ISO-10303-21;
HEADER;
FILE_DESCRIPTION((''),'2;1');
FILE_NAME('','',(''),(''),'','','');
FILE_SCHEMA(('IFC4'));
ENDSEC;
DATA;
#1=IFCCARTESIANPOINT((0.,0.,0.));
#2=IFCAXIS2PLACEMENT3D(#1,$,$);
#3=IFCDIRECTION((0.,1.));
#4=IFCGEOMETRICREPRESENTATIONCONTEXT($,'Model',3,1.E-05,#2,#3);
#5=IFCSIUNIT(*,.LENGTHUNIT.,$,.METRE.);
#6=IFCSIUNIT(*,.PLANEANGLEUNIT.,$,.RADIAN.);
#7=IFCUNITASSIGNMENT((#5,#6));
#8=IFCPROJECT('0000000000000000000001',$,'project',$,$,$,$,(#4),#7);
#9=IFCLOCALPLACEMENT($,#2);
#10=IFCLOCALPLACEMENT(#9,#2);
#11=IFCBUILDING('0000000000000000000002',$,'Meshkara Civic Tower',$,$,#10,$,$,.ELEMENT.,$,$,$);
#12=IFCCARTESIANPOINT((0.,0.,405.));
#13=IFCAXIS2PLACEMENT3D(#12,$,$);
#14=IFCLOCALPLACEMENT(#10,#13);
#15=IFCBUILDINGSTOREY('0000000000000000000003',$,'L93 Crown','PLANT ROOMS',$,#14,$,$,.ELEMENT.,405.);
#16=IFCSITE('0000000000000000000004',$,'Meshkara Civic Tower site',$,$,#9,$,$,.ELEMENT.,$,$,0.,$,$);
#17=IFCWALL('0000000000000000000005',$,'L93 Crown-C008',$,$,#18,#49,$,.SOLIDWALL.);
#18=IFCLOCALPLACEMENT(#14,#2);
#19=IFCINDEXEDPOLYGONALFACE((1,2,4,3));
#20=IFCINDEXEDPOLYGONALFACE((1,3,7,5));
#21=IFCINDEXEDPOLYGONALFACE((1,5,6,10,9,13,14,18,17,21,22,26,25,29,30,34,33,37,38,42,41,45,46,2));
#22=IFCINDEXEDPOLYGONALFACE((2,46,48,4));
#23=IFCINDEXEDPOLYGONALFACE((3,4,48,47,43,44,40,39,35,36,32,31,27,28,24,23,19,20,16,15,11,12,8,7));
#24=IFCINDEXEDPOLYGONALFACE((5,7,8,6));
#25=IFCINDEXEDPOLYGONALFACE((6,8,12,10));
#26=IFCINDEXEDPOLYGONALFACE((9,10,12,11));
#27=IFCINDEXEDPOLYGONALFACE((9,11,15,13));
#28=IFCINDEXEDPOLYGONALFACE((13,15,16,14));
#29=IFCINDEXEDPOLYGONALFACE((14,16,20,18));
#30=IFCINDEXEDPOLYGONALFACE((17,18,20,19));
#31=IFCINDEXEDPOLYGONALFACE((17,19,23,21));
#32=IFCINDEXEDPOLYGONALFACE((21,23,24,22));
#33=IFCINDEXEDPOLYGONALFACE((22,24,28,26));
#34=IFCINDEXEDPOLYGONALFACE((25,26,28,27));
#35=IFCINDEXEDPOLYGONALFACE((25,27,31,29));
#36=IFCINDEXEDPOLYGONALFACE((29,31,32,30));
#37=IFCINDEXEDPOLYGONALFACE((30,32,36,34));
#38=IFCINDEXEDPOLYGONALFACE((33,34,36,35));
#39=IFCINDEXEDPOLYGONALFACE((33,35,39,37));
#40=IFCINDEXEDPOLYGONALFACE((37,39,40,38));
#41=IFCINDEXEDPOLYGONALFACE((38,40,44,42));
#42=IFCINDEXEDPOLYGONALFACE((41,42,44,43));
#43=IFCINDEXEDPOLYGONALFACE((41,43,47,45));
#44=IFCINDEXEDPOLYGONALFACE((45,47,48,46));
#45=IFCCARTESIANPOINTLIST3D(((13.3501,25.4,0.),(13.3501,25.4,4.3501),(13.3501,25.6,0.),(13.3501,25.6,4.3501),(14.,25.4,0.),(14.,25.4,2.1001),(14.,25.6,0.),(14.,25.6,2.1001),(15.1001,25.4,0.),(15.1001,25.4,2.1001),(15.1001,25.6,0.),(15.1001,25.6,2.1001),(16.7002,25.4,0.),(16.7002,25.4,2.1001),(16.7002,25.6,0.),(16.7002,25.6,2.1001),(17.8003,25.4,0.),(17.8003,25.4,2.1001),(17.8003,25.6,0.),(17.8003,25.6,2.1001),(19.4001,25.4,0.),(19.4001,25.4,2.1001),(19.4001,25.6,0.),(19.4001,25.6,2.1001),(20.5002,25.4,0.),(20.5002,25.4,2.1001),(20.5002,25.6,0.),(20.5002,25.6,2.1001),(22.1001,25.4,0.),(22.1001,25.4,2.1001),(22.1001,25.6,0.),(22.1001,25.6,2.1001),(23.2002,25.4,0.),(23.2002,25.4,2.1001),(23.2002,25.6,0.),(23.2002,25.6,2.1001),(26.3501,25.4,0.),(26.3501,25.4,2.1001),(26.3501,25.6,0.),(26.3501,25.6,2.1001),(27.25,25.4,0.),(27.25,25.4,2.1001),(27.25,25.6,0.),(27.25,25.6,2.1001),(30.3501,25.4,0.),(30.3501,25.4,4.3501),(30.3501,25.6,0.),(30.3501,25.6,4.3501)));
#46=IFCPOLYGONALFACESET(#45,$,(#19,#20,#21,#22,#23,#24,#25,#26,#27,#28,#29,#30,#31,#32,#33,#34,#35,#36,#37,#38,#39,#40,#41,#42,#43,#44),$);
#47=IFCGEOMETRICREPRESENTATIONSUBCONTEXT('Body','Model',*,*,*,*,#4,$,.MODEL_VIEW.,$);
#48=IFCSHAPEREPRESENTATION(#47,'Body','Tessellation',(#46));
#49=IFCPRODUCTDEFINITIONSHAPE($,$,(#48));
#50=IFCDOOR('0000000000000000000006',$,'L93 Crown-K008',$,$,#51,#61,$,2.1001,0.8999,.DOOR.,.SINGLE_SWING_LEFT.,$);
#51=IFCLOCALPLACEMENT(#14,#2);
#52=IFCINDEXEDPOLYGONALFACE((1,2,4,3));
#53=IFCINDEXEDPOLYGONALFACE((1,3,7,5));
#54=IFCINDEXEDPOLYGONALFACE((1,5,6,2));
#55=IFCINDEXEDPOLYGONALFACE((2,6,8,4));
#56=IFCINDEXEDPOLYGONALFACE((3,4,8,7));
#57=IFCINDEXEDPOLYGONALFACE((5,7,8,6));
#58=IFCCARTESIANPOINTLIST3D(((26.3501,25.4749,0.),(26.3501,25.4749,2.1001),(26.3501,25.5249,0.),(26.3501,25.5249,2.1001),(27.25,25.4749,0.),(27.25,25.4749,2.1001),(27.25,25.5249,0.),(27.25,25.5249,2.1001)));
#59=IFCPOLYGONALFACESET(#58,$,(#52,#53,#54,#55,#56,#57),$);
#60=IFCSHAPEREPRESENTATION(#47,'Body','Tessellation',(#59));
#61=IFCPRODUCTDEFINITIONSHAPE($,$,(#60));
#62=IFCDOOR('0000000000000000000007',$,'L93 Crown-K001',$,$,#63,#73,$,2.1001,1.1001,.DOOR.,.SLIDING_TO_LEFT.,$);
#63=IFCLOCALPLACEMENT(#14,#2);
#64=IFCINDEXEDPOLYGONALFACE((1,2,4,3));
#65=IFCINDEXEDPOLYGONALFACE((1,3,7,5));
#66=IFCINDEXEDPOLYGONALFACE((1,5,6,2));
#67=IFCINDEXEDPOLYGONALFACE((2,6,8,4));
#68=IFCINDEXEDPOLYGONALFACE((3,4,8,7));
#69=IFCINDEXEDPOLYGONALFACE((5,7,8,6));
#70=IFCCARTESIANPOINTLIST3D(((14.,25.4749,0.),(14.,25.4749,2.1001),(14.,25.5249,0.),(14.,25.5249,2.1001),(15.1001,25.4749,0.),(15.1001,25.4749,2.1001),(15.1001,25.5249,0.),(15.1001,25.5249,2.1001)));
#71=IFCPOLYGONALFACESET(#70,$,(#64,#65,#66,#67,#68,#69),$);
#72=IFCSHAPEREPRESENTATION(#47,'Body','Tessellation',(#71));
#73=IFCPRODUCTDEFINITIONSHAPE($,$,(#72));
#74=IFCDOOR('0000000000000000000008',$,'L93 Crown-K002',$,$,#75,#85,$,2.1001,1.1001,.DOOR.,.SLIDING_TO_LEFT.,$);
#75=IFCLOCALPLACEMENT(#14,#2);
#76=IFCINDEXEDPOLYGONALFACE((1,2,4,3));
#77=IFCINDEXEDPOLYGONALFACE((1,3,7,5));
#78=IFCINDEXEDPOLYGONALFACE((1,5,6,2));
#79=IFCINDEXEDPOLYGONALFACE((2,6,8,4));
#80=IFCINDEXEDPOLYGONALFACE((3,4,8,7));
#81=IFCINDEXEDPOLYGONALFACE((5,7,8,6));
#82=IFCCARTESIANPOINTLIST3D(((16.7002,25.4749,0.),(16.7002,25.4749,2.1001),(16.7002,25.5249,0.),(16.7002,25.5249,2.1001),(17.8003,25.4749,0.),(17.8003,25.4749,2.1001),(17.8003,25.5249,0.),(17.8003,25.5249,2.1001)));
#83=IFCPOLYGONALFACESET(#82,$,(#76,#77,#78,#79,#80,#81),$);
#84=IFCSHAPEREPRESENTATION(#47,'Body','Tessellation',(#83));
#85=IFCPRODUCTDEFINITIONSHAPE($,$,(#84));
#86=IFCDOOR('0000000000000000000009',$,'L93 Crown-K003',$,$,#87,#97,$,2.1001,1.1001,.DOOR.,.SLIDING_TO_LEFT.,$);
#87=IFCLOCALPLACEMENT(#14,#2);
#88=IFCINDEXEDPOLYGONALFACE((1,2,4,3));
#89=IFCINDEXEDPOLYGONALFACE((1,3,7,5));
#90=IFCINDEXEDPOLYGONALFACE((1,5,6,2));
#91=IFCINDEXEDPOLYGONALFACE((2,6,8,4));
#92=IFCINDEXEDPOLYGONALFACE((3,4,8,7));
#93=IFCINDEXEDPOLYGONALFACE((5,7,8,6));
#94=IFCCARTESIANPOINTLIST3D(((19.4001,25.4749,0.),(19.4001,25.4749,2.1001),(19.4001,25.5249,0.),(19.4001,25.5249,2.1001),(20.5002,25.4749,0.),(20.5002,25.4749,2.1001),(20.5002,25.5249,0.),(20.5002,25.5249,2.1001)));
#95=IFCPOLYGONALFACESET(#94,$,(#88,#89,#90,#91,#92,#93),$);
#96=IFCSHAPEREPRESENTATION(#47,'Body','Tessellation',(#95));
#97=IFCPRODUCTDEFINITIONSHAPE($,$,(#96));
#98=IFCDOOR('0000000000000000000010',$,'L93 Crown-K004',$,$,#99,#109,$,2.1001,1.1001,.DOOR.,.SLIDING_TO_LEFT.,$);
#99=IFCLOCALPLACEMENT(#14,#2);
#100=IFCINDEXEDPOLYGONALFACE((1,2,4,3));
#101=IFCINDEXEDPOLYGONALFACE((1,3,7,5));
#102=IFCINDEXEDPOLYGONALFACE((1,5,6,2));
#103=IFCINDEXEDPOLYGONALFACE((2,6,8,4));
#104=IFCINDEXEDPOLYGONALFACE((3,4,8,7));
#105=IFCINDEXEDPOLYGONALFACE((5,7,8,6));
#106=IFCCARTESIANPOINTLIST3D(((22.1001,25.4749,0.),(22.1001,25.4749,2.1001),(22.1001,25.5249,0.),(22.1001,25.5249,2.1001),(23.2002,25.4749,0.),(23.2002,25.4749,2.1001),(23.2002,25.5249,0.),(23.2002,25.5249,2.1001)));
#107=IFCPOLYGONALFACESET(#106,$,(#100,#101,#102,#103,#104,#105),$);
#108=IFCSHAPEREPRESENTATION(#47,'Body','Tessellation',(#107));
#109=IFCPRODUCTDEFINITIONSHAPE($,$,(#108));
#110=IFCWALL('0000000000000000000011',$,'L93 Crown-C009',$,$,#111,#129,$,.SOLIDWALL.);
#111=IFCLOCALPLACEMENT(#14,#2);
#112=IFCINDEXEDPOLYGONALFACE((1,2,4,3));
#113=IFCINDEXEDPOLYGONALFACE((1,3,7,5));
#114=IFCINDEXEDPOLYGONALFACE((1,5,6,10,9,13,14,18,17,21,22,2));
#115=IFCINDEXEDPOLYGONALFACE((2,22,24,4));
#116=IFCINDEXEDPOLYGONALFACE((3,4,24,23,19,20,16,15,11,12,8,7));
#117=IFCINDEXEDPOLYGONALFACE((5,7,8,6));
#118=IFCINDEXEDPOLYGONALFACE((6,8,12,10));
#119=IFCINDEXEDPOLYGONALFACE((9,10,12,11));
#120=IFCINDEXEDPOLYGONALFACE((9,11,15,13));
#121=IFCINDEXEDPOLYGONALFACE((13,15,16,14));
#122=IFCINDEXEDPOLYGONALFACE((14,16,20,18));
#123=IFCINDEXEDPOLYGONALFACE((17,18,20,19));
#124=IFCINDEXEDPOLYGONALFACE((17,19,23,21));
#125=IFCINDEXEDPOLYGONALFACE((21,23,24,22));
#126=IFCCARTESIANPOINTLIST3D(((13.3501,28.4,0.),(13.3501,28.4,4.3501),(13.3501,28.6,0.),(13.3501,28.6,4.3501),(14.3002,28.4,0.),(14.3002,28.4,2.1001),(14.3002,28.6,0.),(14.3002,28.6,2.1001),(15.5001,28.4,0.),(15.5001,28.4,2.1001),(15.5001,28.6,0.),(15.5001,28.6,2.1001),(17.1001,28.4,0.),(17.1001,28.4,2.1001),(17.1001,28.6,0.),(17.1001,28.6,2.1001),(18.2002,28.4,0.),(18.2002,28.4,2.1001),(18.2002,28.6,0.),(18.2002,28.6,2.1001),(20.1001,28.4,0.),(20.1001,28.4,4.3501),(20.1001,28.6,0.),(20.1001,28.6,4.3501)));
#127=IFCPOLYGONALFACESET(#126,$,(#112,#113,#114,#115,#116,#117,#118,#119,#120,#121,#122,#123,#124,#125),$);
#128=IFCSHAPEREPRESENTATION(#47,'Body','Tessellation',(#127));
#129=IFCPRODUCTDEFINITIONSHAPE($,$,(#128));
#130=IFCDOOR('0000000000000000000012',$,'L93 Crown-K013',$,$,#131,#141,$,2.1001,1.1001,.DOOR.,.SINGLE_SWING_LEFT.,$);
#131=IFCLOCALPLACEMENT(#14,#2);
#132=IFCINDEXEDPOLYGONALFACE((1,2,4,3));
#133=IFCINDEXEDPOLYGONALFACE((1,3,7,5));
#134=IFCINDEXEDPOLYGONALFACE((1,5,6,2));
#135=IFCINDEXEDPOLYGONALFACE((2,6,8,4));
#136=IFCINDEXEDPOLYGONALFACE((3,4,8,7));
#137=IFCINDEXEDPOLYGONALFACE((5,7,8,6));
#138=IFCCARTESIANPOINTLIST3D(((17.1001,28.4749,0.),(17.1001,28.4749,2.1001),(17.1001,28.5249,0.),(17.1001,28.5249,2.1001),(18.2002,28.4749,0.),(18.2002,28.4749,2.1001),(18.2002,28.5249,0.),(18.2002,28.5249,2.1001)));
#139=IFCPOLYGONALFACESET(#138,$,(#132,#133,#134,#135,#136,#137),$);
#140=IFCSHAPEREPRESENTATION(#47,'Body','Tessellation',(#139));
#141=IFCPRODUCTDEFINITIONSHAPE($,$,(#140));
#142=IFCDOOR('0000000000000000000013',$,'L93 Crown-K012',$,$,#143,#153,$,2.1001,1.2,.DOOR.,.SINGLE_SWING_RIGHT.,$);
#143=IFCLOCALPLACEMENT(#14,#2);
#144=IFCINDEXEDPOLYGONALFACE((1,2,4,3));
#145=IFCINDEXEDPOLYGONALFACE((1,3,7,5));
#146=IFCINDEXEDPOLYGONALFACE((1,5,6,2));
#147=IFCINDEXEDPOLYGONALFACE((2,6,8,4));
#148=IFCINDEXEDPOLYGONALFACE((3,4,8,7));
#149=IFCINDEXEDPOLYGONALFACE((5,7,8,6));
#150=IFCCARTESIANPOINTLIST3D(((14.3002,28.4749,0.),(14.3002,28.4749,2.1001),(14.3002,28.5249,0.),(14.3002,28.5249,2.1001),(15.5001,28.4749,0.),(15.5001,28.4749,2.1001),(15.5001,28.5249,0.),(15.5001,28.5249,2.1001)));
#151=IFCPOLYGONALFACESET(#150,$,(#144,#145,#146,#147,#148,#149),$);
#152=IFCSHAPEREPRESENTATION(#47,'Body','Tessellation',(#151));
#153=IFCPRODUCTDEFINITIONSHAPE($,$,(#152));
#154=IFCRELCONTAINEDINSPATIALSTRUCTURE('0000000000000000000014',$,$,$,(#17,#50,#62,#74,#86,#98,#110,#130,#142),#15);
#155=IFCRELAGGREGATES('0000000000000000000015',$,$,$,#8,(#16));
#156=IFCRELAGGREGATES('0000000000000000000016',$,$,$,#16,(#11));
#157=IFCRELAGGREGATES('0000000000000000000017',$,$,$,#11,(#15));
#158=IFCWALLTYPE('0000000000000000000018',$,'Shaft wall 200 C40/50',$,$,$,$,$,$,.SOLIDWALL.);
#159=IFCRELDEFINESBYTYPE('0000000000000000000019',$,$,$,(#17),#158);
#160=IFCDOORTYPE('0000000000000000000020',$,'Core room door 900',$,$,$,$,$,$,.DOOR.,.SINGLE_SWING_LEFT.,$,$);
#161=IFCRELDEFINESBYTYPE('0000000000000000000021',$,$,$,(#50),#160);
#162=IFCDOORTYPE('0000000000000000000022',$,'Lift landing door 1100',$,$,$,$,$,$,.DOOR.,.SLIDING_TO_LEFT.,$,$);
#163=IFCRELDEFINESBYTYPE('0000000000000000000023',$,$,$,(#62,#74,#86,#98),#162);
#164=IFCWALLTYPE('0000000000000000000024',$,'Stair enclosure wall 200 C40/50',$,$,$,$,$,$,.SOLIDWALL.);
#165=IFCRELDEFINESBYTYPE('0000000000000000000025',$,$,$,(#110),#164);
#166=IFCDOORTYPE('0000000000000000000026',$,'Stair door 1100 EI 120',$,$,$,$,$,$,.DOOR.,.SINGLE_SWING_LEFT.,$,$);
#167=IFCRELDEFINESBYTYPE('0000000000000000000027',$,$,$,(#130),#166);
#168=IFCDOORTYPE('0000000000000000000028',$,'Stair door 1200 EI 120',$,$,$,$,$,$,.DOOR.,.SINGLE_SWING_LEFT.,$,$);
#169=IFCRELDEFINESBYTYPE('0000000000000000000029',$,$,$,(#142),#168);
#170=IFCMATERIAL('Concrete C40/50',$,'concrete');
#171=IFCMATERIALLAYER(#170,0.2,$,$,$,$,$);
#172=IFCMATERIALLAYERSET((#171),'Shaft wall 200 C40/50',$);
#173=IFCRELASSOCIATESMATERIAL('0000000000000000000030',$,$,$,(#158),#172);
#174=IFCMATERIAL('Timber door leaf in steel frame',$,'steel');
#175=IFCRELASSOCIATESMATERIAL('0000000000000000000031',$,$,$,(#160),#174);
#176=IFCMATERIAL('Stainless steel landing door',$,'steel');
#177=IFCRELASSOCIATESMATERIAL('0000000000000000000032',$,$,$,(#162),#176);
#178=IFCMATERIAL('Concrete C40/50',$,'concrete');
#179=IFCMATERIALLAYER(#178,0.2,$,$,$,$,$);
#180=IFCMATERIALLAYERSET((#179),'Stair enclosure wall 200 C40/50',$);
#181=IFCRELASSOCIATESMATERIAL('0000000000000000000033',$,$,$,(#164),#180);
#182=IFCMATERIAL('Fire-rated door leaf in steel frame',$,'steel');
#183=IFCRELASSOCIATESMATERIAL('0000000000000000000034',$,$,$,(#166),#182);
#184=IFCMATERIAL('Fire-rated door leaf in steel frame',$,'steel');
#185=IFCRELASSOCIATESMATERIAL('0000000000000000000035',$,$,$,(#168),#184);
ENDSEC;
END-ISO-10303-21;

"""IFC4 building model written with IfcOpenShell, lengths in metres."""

from ifc_helpers import new_model, si_unit, direction, frame, frame_2d, origin, place, context, subcontext, project, spatial, rectangle, extrude, material, layer, layer_set, type_object, element, fill, save


model = new_model("IFC4")

# Units and contexts
model_context = context("Model", 3, precision=1e-05, world=origin(), true_north=direction((0.0, 1.0)))
body_context = subcontext(model_context, "Body", "Model", "MODEL_VIEW")
ifc_project = project(units=[si_unit("LENGTHUNIT", "METRE"), si_unit("PLANEANGLEUNIT", "RADIAN")], contexts=[model_context])

# Site, building, storey
site_placement = place(None, origin())
site = spatial("IfcSite", under=ifc_project, at=site_placement, Name="Meshkara Civic Tower site", CompositionType="ELEMENT", RefElevation=0.0)
building_placement = place(site_placement, origin())
building = spatial("IfcBuilding", under=site, at=building_placement, Name="Meshkara Civic Tower", CompositionType="ELEMENT")
storey_placement = place(building_placement, frame((0.0, 0.0, 405.0)))
storey = spatial("IfcBuildingStorey", under=building, at=storey_placement, Name="L93 Crown", Description="PLANT ROOMS", CompositionType="ELEMENT", Elevation=405.0)

# Walls, openings, doors
ifc_material_1 = material(Name="Concrete C40/50", Category="concrete")
ifc_layer_1 = layer(ifc_material_1, 0.2)
ifc_layer_set_1 = layer_set([ifc_layer_1], Name="Shaft wall 200 C40/50")
wall_type_1 = type_object("IfcWallType", Name="Shaft wall 200 C40/50", PredefinedType="SOLIDWALL", material=ifc_layer_set_1)
wall_1_placement = place(storey_placement, frame((13.3501, 25.5, 0.0), z_axis=(0.0, 0.0, 1.0), x_axis=(1.0, 0.0, 0.0)))
wall_1 = element("IfcWall", 1, at=wall_1_placement, inside=storey, type_object=wall_type_1, Name="L93 Crown-C008", PredefinedType="SOLIDWALL", context=body_context, shape_type="SweptSolid", body=[
    extrude(rectangle(XDim=17.0, YDim=0.2, at=frame_2d((8.5, 0.0))), origin(), (0.0, 0.0, 1.0), 4.3501),
])
opening_1_placement = place(wall_1_placement, frame((0.6499, 0.0, 0.0)))
opening_1 = element("IfcOpeningElement", 2, at=opening_1_placement, cuts=wall_1, PredefinedType="OPENING", context=body_context, shape_type="SweptSolid", body=[
    extrude(rectangle(XDim=1.1001, YDim=2.1001, at=frame_2d((0.55, 1.05))), frame((0.0, 0.1099, 0.0), z_axis=(0.0, -1.0, 0.0), x_axis=(1.0, 0.0, 0.0)), (0.0, 0.0, 1.0), 0.22),
])
opening_2_placement = place(wall_1_placement, frame((3.3501, 0.0, 0.0)))
opening_2 = element("IfcOpeningElement", 3, at=opening_2_placement, cuts=wall_1, PredefinedType="OPENING", context=body_context, shape_type="SweptSolid", body=[
    extrude(rectangle(XDim=1.1001, YDim=2.1001, at=frame_2d((0.55, 1.05))), frame((0.0, 0.1099, 0.0), z_axis=(0.0, -1.0, 0.0), x_axis=(1.0, 0.0, 0.0)), (0.0, 0.0, 1.0), 0.22),
])
opening_3_placement = place(wall_1_placement, frame((6.05, 0.0, 0.0)))
opening_3 = element("IfcOpeningElement", 4, at=opening_3_placement, cuts=wall_1, PredefinedType="OPENING", context=body_context, shape_type="SweptSolid", body=[
    extrude(rectangle(XDim=1.1001, YDim=2.1001, at=frame_2d((0.55, 1.05))), frame((0.0, 0.1099, 0.0), z_axis=(0.0, -1.0, 0.0), x_axis=(1.0, 0.0, 0.0)), (0.0, 0.0, 1.0), 0.22),
])
opening_4_placement = place(wall_1_placement, frame((8.75, 0.0, 0.0)))
opening_4 = element("IfcOpeningElement", 5, at=opening_4_placement, cuts=wall_1, PredefinedType="OPENING", context=body_context, shape_type="SweptSolid", body=[
    extrude(rectangle(XDim=1.1001, YDim=2.1001, at=frame_2d((0.55, 1.05))), frame((0.0, 0.1099, 0.0), z_axis=(0.0, -1.0, 0.0), x_axis=(1.0, 0.0, 0.0)), (0.0, 0.0, 1.0), 0.22),
])
opening_5_placement = place(wall_1_placement, frame((13.0, 0.0, 0.0)))
opening_5 = element("IfcOpeningElement", 6, at=opening_5_placement, cuts=wall_1, PredefinedType="OPENING", context=body_context, shape_type="SweptSolid", body=[
    extrude(rectangle(XDim=0.8999, YDim=2.1001, at=frame_2d((0.45, 1.05))), frame((0.0, 0.1099, 0.0), z_axis=(0.0, -1.0, 0.0), x_axis=(1.0, 0.0, 0.0)), (0.0, 0.0, 1.0), 0.22),
])
ifc_material_2 = material(Name="Timber door leaf in steel frame", Category="steel")
door_type_1 = type_object("IfcDoorType", Name="Core room door 900", OperationType="SINGLE_SWING_LEFT", PredefinedType="DOOR", material=ifc_material_2)
door_1_placement = place(opening_5_placement, origin())
door_1 = element("IfcDoor", 7, at=door_1_placement, inside=storey, type_object=door_type_1, Name="L93 Crown-K008", OperationType="SINGLE_SWING_LEFT", OverallHeight=2.1001, OverallWidth=0.8999, PredefinedType="DOOR", context=body_context, shape_type="SweptSolid", body=[
    extrude(rectangle(XDim=0.8999, YDim=2.1001, at=frame_2d((0.45, 1.05))), frame((0.0, 0.0249, 0.0), z_axis=(0.0, -1.0, 0.0), x_axis=(1.0, 0.0, 0.0)), (0.0, 0.0, 1.0), 0.05),
])
fill(opening_5, door_1)
ifc_material_3 = material(Name="Stainless steel landing door", Category="steel")
door_type_2 = type_object("IfcDoorType", Name="Lift landing door 1100", OperationType="SLIDING_TO_LEFT", PredefinedType="DOOR", material=ifc_material_3)
door_2_placement = place(opening_1_placement, origin())
door_2 = element("IfcDoor", 8, at=door_2_placement, inside=storey, type_object=door_type_2, Name="L93 Crown-K001", OperationType="SLIDING_TO_LEFT", OverallHeight=2.1001, OverallWidth=1.1001, PredefinedType="DOOR", context=body_context, shape_type="SweptSolid", body=[
    extrude(rectangle(XDim=1.1001, YDim=2.1001, at=frame_2d((0.55, 1.05))), frame((0.0, 0.0249, 0.0), z_axis=(0.0, -1.0, 0.0), x_axis=(1.0, 0.0, 0.0)), (0.0, 0.0, 1.0), 0.05),
])
fill(opening_1, door_2)
door_3_placement = place(opening_2_placement, origin())
door_3 = element("IfcDoor", 9, at=door_3_placement, inside=storey, type_object=door_type_2, Name="L93 Crown-K002", OperationType="SLIDING_TO_LEFT", OverallHeight=2.1001, OverallWidth=1.1001, PredefinedType="DOOR", context=body_context, shape_type="SweptSolid", body=[
    extrude(rectangle(XDim=1.1001, YDim=2.1001, at=frame_2d((0.55, 1.05))), frame((0.0, 0.0249, 0.0), z_axis=(0.0, -1.0, 0.0), x_axis=(1.0, 0.0, 0.0)), (0.0, 0.0, 1.0), 0.05),
])
fill(opening_2, door_3)
door_4_placement = place(opening_3_placement, origin())
door_4 = element("IfcDoor", 10, at=door_4_placement, inside=storey, type_object=door_type_2, Name="L93 Crown-K003", OperationType="SLIDING_TO_LEFT", OverallHeight=2.1001, OverallWidth=1.1001, PredefinedType="DOOR", context=body_context, shape_type="SweptSolid", body=[
    extrude(rectangle(XDim=1.1001, YDim=2.1001, at=frame_2d((0.55, 1.05))), frame((0.0, 0.0249, 0.0), z_axis=(0.0, -1.0, 0.0), x_axis=(1.0, 0.0, 0.0)), (0.0, 0.0, 1.0), 0.05),
])
fill(opening_3, door_4)
door_5_placement = place(opening_4_placement, origin())
door_5 = element("IfcDoor", 11, at=door_5_placement, inside=storey, type_object=door_type_2, Name="L93 Crown-K004", OperationType="SLIDING_TO_LEFT", OverallHeight=2.1001, OverallWidth=1.1001, PredefinedType="DOOR", context=body_context, shape_type="SweptSolid", body=[
    extrude(rectangle(XDim=1.1001, YDim=2.1001, at=frame_2d((0.55, 1.05))), frame((0.0, 0.0249, 0.0), z_axis=(0.0, -1.0, 0.0), x_axis=(1.0, 0.0, 0.0)), (0.0, 0.0, 1.0), 0.05),
])
fill(opening_4, door_5)
ifc_material_4 = material(Name="Concrete C40/50", Category="concrete")
ifc_layer_2 = layer(ifc_material_4, 0.2)
ifc_layer_set_2 = layer_set([ifc_layer_2], Name="Stair enclosure wall 200 C40/50")
wall_type_2 = type_object("IfcWallType", Name="Stair enclosure wall 200 C40/50", PredefinedType="SOLIDWALL", material=ifc_layer_set_2)
wall_2_placement = place(storey_placement, frame((13.3501, 28.5, 0.0), z_axis=(0.0, 0.0, 1.0), x_axis=(1.0, 0.0, 0.0)))
wall_2 = element("IfcWall", 12, at=wall_2_placement, inside=storey, type_object=wall_type_2, Name="L93 Crown-C009", PredefinedType="SOLIDWALL", context=body_context, shape_type="SweptSolid", body=[
    extrude(rectangle(XDim=6.75, YDim=0.2, at=frame_2d((3.375, 0.0))), origin(), (0.0, 0.0, 1.0), 4.3501),
])
opening_6_placement = place(wall_2_placement, frame((0.95, 0.0, 0.0)))
opening_6 = element("IfcOpeningElement", 13, at=opening_6_placement, cuts=wall_2, PredefinedType="OPENING", context=body_context, shape_type="SweptSolid", body=[
    extrude(rectangle(XDim=1.2, YDim=2.1001, at=frame_2d((0.6001, 1.05))), frame((0.0, 0.1099, 0.0), z_axis=(0.0, -1.0, 0.0), x_axis=(1.0, 0.0, 0.0)), (0.0, 0.0, 1.0), 0.22),
])
opening_7_placement = place(wall_2_placement, frame((3.75, 0.0, 0.0)))
opening_7 = element("IfcOpeningElement", 14, at=opening_7_placement, cuts=wall_2, PredefinedType="OPENING", context=body_context, shape_type="SweptSolid", body=[
    extrude(rectangle(XDim=1.1001, YDim=2.1001, at=frame_2d((0.55, 1.05))), frame((0.0, 0.1099, 0.0), z_axis=(0.0, -1.0, 0.0), x_axis=(1.0, 0.0, 0.0)), (0.0, 0.0, 1.0), 0.22),
])
ifc_material_5 = material(Name="Fire-rated door leaf in steel frame", Category="steel")
door_type_3 = type_object("IfcDoorType", Name="Stair door 1100 EI 120", OperationType="SINGLE_SWING_LEFT", PredefinedType="DOOR", material=ifc_material_5)
door_6_placement = place(opening_7_placement, origin())
door_6 = element("IfcDoor", 15, at=door_6_placement, inside=storey, type_object=door_type_3, Name="L93 Crown-K013", OperationType="SINGLE_SWING_LEFT", OverallHeight=2.1001, OverallWidth=1.1001, PredefinedType="DOOR", context=body_context, shape_type="SweptSolid", body=[
    extrude(rectangle(XDim=1.1001, YDim=2.1001, at=frame_2d((0.55, 1.05))), frame((0.0, 0.0249, 0.0), z_axis=(0.0, -1.0, 0.0), x_axis=(1.0, 0.0, 0.0)), (0.0, 0.0, 1.0), 0.05),
])
fill(opening_7, door_6)
ifc_material_6 = material(Name="Fire-rated door leaf in steel frame", Category="steel")
door_type_4 = type_object("IfcDoorType", Name="Stair door 1200 EI 120", OperationType="SINGLE_SWING_LEFT", PredefinedType="DOOR", material=ifc_material_6)
door_7_placement = place(opening_6_placement, origin())
door_7 = element("IfcDoor", 16, at=door_7_placement, inside=storey, type_object=door_type_4, Name="L93 Crown-K012", OperationType="SINGLE_SWING_RIGHT", OverallHeight=2.1001, OverallWidth=1.2, PredefinedType="DOOR", context=body_context, shape_type="SweptSolid", body=[
    extrude(rectangle(XDim=1.2, YDim=2.1001, at=frame_2d((0.6001, 1.05))), frame((0.0, 0.0249, 0.0), z_axis=(0.0, -1.0, 0.0), x_axis=(1.0, 0.0, 0.0)), (0.0, 0.0, 1.0), 0.05),
])
fill(opening_6, door_7)

save(model, "model.ifc")
